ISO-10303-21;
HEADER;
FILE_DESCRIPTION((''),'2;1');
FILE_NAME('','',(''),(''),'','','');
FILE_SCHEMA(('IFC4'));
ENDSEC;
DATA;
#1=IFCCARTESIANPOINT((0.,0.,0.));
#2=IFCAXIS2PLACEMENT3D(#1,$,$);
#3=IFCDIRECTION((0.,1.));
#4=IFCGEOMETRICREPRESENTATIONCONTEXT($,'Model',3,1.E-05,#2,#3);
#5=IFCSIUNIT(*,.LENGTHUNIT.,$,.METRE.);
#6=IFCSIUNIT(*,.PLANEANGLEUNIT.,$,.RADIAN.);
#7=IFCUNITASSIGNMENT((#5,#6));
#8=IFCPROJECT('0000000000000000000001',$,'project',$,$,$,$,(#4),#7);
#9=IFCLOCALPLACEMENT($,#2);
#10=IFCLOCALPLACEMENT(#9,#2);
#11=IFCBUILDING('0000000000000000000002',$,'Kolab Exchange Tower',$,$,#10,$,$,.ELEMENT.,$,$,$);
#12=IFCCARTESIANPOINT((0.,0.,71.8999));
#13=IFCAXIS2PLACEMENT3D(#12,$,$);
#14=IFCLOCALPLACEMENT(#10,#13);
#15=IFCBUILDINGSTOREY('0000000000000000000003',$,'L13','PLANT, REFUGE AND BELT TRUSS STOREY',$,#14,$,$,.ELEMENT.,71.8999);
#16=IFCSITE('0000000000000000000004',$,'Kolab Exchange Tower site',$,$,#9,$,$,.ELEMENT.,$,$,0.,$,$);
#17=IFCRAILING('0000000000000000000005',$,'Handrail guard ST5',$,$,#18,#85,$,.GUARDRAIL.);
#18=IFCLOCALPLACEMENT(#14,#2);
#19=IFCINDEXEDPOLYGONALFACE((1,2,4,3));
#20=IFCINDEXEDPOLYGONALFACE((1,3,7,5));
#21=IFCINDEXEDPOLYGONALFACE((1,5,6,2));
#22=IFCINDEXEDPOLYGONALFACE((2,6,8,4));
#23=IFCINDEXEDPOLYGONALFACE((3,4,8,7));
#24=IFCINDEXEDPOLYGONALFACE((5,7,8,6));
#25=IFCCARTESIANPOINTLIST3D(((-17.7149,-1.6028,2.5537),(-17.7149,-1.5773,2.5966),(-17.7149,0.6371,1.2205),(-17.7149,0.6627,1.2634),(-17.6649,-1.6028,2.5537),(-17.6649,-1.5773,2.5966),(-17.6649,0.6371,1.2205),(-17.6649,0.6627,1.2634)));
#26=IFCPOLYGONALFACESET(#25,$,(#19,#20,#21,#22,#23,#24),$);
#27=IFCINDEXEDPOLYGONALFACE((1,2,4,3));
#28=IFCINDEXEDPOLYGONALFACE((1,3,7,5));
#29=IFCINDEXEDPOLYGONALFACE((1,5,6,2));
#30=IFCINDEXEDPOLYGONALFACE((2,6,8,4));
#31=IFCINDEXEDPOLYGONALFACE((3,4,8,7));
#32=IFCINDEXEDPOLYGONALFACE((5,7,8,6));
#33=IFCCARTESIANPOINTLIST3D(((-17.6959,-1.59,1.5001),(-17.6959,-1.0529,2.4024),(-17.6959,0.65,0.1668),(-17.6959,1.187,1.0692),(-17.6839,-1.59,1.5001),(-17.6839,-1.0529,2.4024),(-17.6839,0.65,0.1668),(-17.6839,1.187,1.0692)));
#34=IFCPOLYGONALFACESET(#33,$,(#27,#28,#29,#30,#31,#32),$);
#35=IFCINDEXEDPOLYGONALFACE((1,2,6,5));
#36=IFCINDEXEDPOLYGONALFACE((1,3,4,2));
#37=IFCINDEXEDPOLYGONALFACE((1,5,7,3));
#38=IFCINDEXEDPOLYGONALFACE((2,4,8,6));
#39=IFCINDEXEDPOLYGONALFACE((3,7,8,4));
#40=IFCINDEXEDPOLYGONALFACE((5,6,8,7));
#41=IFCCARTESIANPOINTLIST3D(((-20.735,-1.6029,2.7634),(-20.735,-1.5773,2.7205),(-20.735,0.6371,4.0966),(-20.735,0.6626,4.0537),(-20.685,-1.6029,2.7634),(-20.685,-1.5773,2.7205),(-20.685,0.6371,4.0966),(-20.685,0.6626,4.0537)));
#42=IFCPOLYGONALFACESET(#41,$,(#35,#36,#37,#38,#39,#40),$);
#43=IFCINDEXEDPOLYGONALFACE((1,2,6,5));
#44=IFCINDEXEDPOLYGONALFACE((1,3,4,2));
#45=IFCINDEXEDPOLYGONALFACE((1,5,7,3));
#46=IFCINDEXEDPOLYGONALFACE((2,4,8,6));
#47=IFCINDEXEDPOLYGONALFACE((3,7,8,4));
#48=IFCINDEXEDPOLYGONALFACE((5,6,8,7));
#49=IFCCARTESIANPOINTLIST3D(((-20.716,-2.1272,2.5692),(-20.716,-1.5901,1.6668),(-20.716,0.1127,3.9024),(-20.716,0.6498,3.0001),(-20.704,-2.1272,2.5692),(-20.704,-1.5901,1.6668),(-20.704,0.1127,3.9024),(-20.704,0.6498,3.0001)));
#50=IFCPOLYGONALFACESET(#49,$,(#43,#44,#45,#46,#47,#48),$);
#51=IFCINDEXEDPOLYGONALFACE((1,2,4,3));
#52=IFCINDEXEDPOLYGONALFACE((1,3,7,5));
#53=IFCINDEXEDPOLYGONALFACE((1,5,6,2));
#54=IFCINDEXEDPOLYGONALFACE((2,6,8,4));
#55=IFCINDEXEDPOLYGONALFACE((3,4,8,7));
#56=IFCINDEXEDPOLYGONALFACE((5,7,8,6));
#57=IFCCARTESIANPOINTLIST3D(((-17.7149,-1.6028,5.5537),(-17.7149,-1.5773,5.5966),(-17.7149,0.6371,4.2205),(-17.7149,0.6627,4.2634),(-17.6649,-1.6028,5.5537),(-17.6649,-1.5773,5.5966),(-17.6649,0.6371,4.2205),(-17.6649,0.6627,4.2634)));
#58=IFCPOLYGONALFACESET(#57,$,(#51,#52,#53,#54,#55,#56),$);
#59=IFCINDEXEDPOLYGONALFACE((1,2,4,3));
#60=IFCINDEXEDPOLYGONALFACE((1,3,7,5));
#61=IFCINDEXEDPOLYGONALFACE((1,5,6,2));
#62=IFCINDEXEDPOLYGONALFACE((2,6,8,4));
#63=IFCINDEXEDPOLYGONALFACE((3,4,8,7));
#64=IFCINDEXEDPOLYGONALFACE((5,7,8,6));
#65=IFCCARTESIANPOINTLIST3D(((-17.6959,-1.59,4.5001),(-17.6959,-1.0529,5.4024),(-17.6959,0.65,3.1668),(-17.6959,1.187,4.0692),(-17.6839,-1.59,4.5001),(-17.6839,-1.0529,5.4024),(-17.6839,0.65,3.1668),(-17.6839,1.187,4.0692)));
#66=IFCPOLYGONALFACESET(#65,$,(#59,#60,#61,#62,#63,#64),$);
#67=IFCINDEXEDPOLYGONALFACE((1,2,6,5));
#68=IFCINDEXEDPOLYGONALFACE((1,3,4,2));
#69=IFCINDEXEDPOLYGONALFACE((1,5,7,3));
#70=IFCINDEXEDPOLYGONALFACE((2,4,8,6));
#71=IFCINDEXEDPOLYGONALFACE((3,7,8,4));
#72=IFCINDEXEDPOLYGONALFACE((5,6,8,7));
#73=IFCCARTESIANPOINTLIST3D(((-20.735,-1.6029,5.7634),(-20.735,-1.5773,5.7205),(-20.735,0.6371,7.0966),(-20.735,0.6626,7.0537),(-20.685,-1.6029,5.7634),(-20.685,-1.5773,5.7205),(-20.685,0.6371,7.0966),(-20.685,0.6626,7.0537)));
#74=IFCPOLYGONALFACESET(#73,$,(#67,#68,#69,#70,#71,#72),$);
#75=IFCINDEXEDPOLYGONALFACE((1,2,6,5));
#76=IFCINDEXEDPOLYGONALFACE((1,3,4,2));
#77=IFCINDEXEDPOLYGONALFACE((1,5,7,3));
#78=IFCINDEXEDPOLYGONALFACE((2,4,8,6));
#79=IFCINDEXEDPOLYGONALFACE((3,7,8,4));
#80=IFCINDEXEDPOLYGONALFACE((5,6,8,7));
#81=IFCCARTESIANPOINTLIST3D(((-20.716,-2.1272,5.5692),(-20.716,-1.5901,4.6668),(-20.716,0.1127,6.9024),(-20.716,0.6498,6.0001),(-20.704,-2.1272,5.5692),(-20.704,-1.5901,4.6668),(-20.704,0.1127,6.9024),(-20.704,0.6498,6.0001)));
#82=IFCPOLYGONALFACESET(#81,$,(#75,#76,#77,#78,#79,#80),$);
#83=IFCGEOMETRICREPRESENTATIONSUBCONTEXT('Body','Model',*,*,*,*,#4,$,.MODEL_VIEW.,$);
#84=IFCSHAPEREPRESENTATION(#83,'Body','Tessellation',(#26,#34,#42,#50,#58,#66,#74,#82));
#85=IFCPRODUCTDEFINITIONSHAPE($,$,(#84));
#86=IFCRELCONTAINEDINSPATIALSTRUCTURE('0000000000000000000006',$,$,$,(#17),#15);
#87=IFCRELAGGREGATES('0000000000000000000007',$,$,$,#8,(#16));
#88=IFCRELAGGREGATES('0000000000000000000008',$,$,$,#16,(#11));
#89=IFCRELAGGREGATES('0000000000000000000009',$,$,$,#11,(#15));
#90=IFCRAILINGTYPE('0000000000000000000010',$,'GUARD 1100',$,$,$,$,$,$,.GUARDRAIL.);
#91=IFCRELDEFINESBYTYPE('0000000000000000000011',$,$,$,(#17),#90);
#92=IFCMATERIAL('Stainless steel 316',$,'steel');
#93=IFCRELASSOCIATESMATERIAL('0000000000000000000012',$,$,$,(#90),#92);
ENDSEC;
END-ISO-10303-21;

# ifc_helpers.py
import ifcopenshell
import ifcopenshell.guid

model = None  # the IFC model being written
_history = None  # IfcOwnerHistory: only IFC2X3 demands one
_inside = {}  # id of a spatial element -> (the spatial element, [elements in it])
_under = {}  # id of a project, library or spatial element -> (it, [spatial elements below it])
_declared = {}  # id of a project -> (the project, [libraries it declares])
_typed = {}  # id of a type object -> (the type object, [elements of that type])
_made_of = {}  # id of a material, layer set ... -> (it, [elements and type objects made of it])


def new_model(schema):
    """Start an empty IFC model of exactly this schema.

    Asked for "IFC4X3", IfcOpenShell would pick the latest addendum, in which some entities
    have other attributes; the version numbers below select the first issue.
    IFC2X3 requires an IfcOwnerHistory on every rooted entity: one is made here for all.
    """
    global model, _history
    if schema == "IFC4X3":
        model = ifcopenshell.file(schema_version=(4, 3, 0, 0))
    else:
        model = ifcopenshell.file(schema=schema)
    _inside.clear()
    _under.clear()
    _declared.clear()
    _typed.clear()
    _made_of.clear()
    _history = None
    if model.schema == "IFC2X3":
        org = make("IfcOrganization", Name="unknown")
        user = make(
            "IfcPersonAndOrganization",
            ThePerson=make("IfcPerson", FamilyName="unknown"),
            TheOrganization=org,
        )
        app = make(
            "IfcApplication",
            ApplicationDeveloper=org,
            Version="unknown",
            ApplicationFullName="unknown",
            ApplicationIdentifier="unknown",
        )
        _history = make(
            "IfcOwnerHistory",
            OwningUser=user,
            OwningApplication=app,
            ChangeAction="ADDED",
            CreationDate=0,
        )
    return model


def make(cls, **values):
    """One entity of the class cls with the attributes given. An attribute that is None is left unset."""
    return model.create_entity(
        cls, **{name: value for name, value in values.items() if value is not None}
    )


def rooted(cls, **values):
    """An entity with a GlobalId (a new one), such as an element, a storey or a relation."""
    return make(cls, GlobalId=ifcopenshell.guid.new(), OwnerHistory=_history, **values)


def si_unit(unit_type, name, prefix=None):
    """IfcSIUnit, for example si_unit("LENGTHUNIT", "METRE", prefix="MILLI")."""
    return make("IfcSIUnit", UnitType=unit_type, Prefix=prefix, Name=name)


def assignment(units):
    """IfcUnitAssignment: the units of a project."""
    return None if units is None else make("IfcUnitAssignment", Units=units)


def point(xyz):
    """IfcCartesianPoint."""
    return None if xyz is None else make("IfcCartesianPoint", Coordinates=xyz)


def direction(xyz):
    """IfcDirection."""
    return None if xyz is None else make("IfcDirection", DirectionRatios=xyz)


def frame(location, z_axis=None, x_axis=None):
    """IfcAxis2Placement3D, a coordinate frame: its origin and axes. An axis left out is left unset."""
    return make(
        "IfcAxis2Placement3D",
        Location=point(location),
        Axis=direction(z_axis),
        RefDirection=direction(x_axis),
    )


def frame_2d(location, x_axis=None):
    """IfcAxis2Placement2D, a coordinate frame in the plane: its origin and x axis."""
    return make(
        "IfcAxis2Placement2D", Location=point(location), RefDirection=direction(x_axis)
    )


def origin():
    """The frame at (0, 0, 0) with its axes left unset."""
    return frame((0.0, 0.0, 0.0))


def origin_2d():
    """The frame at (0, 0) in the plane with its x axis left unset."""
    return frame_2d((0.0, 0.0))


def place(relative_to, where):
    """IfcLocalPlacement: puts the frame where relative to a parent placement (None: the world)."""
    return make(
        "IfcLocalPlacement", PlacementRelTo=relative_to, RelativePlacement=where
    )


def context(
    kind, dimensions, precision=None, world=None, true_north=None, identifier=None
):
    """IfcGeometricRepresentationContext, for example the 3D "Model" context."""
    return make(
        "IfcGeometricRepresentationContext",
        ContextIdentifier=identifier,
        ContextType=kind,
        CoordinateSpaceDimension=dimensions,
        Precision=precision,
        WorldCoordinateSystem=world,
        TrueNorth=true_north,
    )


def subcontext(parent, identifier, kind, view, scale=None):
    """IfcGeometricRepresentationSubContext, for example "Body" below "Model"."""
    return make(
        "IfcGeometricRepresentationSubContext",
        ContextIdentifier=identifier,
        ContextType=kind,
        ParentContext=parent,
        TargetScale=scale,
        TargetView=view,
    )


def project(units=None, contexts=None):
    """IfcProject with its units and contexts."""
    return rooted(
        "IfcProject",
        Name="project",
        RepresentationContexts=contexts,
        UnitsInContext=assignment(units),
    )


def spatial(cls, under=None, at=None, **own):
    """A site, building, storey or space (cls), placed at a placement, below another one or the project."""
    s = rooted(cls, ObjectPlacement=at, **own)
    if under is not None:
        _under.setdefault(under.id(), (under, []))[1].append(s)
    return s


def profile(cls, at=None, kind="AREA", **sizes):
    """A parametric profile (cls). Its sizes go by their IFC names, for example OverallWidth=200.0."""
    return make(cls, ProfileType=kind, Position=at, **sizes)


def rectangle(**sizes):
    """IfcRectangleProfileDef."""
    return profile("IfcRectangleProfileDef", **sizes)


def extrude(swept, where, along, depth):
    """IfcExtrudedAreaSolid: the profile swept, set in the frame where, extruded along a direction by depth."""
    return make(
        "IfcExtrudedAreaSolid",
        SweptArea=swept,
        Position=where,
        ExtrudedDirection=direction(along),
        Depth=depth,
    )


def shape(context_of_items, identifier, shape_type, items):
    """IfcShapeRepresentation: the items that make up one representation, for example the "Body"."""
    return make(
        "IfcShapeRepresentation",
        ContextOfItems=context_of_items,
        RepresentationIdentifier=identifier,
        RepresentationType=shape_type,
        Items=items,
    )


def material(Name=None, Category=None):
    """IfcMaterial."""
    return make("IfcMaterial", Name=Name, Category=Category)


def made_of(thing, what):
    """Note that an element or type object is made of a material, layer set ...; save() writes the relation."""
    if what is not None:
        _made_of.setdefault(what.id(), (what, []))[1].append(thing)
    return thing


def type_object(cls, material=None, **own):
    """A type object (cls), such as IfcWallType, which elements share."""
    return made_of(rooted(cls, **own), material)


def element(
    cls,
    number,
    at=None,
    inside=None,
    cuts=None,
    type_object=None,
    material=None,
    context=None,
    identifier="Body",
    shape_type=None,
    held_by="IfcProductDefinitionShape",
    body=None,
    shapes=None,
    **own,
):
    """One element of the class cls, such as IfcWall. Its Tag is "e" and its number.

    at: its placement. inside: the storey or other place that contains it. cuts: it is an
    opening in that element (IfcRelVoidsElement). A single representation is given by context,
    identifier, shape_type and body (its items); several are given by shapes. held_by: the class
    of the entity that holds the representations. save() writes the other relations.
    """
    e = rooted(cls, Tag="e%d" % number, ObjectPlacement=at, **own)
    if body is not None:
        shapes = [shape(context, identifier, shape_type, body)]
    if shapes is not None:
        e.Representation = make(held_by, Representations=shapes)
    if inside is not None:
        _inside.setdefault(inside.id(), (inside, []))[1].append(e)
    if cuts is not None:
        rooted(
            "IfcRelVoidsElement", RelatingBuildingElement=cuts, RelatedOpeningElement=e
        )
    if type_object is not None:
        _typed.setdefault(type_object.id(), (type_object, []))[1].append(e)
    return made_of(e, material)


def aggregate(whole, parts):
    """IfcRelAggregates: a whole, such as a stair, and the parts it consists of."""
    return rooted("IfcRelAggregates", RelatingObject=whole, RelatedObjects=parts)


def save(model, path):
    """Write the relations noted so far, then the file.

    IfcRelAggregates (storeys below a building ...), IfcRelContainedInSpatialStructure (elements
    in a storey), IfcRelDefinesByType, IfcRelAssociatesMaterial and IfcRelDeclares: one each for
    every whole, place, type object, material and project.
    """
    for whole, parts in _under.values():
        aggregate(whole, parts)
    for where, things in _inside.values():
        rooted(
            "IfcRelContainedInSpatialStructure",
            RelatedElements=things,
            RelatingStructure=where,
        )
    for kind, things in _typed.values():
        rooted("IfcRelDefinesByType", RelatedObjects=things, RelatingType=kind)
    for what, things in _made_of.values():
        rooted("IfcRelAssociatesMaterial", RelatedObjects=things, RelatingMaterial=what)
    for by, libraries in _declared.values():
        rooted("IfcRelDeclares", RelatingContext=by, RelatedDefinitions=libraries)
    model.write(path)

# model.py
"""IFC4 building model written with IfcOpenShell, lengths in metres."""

from ifc_helpers import new_model, si_unit, direction, frame, frame_2d, origin, origin_2d, place, context, subcontext, project, spatial, rectangle, extrude, material, type_object, element, save


model = new_model("IFC4")

# Units and contexts
model_context = context("Model", 3, precision=1e-05, world=origin(), true_north=direction((0.0, 1.0)))
body_context = subcontext(model_context, "Body", "Model", "MODEL_VIEW")
ifc_project = project(units=[si_unit("LENGTHUNIT", "METRE"), si_unit("PLANEANGLEUNIT", "RADIAN")], contexts=[model_context])

# Site, building, storey
site_placement = place(None, origin())
site = spatial("IfcSite", under=ifc_project, at=site_placement, Name="Kolab Exchange Tower site", CompositionType="ELEMENT", RefElevation=0.0)
building_placement = place(site_placement, origin())
building = spatial("IfcBuilding", under=site, at=building_placement, Name="Kolab Exchange Tower", CompositionType="ELEMENT")
storey_placement = place(building_placement, frame((0.0, 0.0, 71.8999)))
storey = spatial("IfcBuildingStorey", under=building, at=storey_placement, Name="L13", Description="PLANT, REFUGE AND BELT TRUSS STOREY", CompositionType="ELEMENT", Elevation=71.8999)

# Railing
ifc_material_1 = material(Name="Stainless steel 316", Category="steel")
railing_type = type_object("IfcRailingType", Name="GUARD 1100", PredefinedType="GUARDRAIL", material=ifc_material_1)
railing_1_placement = place(storey_placement, frame((-17.6899, 0.6499, 0.1667)))
element("IfcRailing", 1, at=railing_1_placement, inside=storey, type_object=railing_type, Name="Handrail guard ST5", PredefinedType="GUARDRAIL", context=body_context, shape_type="SweptSolid", body=[
    extrude(rectangle(XDim=0.05, YDim=0.05, at=origin_2d()), frame((0.0, 0.0, 1.0752), z_axis=(0.0, -0.859306, 0.511462), x_axis=(1.0, 0.0, 0.0)), (0.0, 0.0, 1.0), 2.6067),
    extrude(rectangle(XDim=0.012, YDim=1.0501, at=frame_2d((0.0, 0.5251))), frame((0.0, 0.0, 0.0), z_axis=(0.0, -0.859306, 0.511462), x_axis=(1.0, 0.0, 0.0)), (0.0, 0.0, 1.0), 2.6067),
    extrude(rectangle(XDim=0.05, YDim=0.05, at=origin_2d()), frame((-3.02, -2.24, 2.5752), z_axis=(0.0, 0.859306, 0.511462), x_axis=(-1.0, 0.0, 0.0)), (0.0, 0.0, 1.0), 2.6067),
    extrude(rectangle(XDim=0.012, YDim=1.0501, at=frame_2d((0.0, 0.5251))), frame((-3.02, -2.24, 1.5), z_axis=(0.0, 0.859306, 0.511462), x_axis=(-1.0, 0.0, 0.0)), (0.0, 0.0, 1.0), 2.6067),
    extrude(rectangle(XDim=0.05, YDim=0.05, at=origin_2d()), frame((0.0, 0.0, 4.0752), z_axis=(0.0, -0.859306, 0.511462), x_axis=(1.0, 0.0, 0.0)), (0.0, 0.0, 1.0), 2.6067),
    extrude(rectangle(XDim=0.012, YDim=1.0501, at=frame_2d((0.0, 0.5251))), frame((0.0, 0.0, 3.0), z_axis=(0.0, -0.859306, 0.511462), x_axis=(1.0, 0.0, 0.0)), (0.0, 0.0, 1.0), 2.6067),
    extrude(rectangle(XDim=0.05, YDim=0.05, at=origin_2d()), frame((-3.02, -2.24, 5.5752), z_axis=(0.0, 0.859306, 0.511462), x_axis=(-1.0, 0.0, 0.0)), (0.0, 0.0, 1.0), 2.6067),
    extrude(rectangle(XDim=0.012, YDim=1.0501, at=frame_2d((0.0, 0.5251))), frame((-3.02, -2.24, 4.5), z_axis=(0.0, 0.859306, 0.511462), x_axis=(-1.0, 0.0, 0.0)), (0.0, 0.0, 1.0), 2.6067),
])

save(model, "model.ifc")
